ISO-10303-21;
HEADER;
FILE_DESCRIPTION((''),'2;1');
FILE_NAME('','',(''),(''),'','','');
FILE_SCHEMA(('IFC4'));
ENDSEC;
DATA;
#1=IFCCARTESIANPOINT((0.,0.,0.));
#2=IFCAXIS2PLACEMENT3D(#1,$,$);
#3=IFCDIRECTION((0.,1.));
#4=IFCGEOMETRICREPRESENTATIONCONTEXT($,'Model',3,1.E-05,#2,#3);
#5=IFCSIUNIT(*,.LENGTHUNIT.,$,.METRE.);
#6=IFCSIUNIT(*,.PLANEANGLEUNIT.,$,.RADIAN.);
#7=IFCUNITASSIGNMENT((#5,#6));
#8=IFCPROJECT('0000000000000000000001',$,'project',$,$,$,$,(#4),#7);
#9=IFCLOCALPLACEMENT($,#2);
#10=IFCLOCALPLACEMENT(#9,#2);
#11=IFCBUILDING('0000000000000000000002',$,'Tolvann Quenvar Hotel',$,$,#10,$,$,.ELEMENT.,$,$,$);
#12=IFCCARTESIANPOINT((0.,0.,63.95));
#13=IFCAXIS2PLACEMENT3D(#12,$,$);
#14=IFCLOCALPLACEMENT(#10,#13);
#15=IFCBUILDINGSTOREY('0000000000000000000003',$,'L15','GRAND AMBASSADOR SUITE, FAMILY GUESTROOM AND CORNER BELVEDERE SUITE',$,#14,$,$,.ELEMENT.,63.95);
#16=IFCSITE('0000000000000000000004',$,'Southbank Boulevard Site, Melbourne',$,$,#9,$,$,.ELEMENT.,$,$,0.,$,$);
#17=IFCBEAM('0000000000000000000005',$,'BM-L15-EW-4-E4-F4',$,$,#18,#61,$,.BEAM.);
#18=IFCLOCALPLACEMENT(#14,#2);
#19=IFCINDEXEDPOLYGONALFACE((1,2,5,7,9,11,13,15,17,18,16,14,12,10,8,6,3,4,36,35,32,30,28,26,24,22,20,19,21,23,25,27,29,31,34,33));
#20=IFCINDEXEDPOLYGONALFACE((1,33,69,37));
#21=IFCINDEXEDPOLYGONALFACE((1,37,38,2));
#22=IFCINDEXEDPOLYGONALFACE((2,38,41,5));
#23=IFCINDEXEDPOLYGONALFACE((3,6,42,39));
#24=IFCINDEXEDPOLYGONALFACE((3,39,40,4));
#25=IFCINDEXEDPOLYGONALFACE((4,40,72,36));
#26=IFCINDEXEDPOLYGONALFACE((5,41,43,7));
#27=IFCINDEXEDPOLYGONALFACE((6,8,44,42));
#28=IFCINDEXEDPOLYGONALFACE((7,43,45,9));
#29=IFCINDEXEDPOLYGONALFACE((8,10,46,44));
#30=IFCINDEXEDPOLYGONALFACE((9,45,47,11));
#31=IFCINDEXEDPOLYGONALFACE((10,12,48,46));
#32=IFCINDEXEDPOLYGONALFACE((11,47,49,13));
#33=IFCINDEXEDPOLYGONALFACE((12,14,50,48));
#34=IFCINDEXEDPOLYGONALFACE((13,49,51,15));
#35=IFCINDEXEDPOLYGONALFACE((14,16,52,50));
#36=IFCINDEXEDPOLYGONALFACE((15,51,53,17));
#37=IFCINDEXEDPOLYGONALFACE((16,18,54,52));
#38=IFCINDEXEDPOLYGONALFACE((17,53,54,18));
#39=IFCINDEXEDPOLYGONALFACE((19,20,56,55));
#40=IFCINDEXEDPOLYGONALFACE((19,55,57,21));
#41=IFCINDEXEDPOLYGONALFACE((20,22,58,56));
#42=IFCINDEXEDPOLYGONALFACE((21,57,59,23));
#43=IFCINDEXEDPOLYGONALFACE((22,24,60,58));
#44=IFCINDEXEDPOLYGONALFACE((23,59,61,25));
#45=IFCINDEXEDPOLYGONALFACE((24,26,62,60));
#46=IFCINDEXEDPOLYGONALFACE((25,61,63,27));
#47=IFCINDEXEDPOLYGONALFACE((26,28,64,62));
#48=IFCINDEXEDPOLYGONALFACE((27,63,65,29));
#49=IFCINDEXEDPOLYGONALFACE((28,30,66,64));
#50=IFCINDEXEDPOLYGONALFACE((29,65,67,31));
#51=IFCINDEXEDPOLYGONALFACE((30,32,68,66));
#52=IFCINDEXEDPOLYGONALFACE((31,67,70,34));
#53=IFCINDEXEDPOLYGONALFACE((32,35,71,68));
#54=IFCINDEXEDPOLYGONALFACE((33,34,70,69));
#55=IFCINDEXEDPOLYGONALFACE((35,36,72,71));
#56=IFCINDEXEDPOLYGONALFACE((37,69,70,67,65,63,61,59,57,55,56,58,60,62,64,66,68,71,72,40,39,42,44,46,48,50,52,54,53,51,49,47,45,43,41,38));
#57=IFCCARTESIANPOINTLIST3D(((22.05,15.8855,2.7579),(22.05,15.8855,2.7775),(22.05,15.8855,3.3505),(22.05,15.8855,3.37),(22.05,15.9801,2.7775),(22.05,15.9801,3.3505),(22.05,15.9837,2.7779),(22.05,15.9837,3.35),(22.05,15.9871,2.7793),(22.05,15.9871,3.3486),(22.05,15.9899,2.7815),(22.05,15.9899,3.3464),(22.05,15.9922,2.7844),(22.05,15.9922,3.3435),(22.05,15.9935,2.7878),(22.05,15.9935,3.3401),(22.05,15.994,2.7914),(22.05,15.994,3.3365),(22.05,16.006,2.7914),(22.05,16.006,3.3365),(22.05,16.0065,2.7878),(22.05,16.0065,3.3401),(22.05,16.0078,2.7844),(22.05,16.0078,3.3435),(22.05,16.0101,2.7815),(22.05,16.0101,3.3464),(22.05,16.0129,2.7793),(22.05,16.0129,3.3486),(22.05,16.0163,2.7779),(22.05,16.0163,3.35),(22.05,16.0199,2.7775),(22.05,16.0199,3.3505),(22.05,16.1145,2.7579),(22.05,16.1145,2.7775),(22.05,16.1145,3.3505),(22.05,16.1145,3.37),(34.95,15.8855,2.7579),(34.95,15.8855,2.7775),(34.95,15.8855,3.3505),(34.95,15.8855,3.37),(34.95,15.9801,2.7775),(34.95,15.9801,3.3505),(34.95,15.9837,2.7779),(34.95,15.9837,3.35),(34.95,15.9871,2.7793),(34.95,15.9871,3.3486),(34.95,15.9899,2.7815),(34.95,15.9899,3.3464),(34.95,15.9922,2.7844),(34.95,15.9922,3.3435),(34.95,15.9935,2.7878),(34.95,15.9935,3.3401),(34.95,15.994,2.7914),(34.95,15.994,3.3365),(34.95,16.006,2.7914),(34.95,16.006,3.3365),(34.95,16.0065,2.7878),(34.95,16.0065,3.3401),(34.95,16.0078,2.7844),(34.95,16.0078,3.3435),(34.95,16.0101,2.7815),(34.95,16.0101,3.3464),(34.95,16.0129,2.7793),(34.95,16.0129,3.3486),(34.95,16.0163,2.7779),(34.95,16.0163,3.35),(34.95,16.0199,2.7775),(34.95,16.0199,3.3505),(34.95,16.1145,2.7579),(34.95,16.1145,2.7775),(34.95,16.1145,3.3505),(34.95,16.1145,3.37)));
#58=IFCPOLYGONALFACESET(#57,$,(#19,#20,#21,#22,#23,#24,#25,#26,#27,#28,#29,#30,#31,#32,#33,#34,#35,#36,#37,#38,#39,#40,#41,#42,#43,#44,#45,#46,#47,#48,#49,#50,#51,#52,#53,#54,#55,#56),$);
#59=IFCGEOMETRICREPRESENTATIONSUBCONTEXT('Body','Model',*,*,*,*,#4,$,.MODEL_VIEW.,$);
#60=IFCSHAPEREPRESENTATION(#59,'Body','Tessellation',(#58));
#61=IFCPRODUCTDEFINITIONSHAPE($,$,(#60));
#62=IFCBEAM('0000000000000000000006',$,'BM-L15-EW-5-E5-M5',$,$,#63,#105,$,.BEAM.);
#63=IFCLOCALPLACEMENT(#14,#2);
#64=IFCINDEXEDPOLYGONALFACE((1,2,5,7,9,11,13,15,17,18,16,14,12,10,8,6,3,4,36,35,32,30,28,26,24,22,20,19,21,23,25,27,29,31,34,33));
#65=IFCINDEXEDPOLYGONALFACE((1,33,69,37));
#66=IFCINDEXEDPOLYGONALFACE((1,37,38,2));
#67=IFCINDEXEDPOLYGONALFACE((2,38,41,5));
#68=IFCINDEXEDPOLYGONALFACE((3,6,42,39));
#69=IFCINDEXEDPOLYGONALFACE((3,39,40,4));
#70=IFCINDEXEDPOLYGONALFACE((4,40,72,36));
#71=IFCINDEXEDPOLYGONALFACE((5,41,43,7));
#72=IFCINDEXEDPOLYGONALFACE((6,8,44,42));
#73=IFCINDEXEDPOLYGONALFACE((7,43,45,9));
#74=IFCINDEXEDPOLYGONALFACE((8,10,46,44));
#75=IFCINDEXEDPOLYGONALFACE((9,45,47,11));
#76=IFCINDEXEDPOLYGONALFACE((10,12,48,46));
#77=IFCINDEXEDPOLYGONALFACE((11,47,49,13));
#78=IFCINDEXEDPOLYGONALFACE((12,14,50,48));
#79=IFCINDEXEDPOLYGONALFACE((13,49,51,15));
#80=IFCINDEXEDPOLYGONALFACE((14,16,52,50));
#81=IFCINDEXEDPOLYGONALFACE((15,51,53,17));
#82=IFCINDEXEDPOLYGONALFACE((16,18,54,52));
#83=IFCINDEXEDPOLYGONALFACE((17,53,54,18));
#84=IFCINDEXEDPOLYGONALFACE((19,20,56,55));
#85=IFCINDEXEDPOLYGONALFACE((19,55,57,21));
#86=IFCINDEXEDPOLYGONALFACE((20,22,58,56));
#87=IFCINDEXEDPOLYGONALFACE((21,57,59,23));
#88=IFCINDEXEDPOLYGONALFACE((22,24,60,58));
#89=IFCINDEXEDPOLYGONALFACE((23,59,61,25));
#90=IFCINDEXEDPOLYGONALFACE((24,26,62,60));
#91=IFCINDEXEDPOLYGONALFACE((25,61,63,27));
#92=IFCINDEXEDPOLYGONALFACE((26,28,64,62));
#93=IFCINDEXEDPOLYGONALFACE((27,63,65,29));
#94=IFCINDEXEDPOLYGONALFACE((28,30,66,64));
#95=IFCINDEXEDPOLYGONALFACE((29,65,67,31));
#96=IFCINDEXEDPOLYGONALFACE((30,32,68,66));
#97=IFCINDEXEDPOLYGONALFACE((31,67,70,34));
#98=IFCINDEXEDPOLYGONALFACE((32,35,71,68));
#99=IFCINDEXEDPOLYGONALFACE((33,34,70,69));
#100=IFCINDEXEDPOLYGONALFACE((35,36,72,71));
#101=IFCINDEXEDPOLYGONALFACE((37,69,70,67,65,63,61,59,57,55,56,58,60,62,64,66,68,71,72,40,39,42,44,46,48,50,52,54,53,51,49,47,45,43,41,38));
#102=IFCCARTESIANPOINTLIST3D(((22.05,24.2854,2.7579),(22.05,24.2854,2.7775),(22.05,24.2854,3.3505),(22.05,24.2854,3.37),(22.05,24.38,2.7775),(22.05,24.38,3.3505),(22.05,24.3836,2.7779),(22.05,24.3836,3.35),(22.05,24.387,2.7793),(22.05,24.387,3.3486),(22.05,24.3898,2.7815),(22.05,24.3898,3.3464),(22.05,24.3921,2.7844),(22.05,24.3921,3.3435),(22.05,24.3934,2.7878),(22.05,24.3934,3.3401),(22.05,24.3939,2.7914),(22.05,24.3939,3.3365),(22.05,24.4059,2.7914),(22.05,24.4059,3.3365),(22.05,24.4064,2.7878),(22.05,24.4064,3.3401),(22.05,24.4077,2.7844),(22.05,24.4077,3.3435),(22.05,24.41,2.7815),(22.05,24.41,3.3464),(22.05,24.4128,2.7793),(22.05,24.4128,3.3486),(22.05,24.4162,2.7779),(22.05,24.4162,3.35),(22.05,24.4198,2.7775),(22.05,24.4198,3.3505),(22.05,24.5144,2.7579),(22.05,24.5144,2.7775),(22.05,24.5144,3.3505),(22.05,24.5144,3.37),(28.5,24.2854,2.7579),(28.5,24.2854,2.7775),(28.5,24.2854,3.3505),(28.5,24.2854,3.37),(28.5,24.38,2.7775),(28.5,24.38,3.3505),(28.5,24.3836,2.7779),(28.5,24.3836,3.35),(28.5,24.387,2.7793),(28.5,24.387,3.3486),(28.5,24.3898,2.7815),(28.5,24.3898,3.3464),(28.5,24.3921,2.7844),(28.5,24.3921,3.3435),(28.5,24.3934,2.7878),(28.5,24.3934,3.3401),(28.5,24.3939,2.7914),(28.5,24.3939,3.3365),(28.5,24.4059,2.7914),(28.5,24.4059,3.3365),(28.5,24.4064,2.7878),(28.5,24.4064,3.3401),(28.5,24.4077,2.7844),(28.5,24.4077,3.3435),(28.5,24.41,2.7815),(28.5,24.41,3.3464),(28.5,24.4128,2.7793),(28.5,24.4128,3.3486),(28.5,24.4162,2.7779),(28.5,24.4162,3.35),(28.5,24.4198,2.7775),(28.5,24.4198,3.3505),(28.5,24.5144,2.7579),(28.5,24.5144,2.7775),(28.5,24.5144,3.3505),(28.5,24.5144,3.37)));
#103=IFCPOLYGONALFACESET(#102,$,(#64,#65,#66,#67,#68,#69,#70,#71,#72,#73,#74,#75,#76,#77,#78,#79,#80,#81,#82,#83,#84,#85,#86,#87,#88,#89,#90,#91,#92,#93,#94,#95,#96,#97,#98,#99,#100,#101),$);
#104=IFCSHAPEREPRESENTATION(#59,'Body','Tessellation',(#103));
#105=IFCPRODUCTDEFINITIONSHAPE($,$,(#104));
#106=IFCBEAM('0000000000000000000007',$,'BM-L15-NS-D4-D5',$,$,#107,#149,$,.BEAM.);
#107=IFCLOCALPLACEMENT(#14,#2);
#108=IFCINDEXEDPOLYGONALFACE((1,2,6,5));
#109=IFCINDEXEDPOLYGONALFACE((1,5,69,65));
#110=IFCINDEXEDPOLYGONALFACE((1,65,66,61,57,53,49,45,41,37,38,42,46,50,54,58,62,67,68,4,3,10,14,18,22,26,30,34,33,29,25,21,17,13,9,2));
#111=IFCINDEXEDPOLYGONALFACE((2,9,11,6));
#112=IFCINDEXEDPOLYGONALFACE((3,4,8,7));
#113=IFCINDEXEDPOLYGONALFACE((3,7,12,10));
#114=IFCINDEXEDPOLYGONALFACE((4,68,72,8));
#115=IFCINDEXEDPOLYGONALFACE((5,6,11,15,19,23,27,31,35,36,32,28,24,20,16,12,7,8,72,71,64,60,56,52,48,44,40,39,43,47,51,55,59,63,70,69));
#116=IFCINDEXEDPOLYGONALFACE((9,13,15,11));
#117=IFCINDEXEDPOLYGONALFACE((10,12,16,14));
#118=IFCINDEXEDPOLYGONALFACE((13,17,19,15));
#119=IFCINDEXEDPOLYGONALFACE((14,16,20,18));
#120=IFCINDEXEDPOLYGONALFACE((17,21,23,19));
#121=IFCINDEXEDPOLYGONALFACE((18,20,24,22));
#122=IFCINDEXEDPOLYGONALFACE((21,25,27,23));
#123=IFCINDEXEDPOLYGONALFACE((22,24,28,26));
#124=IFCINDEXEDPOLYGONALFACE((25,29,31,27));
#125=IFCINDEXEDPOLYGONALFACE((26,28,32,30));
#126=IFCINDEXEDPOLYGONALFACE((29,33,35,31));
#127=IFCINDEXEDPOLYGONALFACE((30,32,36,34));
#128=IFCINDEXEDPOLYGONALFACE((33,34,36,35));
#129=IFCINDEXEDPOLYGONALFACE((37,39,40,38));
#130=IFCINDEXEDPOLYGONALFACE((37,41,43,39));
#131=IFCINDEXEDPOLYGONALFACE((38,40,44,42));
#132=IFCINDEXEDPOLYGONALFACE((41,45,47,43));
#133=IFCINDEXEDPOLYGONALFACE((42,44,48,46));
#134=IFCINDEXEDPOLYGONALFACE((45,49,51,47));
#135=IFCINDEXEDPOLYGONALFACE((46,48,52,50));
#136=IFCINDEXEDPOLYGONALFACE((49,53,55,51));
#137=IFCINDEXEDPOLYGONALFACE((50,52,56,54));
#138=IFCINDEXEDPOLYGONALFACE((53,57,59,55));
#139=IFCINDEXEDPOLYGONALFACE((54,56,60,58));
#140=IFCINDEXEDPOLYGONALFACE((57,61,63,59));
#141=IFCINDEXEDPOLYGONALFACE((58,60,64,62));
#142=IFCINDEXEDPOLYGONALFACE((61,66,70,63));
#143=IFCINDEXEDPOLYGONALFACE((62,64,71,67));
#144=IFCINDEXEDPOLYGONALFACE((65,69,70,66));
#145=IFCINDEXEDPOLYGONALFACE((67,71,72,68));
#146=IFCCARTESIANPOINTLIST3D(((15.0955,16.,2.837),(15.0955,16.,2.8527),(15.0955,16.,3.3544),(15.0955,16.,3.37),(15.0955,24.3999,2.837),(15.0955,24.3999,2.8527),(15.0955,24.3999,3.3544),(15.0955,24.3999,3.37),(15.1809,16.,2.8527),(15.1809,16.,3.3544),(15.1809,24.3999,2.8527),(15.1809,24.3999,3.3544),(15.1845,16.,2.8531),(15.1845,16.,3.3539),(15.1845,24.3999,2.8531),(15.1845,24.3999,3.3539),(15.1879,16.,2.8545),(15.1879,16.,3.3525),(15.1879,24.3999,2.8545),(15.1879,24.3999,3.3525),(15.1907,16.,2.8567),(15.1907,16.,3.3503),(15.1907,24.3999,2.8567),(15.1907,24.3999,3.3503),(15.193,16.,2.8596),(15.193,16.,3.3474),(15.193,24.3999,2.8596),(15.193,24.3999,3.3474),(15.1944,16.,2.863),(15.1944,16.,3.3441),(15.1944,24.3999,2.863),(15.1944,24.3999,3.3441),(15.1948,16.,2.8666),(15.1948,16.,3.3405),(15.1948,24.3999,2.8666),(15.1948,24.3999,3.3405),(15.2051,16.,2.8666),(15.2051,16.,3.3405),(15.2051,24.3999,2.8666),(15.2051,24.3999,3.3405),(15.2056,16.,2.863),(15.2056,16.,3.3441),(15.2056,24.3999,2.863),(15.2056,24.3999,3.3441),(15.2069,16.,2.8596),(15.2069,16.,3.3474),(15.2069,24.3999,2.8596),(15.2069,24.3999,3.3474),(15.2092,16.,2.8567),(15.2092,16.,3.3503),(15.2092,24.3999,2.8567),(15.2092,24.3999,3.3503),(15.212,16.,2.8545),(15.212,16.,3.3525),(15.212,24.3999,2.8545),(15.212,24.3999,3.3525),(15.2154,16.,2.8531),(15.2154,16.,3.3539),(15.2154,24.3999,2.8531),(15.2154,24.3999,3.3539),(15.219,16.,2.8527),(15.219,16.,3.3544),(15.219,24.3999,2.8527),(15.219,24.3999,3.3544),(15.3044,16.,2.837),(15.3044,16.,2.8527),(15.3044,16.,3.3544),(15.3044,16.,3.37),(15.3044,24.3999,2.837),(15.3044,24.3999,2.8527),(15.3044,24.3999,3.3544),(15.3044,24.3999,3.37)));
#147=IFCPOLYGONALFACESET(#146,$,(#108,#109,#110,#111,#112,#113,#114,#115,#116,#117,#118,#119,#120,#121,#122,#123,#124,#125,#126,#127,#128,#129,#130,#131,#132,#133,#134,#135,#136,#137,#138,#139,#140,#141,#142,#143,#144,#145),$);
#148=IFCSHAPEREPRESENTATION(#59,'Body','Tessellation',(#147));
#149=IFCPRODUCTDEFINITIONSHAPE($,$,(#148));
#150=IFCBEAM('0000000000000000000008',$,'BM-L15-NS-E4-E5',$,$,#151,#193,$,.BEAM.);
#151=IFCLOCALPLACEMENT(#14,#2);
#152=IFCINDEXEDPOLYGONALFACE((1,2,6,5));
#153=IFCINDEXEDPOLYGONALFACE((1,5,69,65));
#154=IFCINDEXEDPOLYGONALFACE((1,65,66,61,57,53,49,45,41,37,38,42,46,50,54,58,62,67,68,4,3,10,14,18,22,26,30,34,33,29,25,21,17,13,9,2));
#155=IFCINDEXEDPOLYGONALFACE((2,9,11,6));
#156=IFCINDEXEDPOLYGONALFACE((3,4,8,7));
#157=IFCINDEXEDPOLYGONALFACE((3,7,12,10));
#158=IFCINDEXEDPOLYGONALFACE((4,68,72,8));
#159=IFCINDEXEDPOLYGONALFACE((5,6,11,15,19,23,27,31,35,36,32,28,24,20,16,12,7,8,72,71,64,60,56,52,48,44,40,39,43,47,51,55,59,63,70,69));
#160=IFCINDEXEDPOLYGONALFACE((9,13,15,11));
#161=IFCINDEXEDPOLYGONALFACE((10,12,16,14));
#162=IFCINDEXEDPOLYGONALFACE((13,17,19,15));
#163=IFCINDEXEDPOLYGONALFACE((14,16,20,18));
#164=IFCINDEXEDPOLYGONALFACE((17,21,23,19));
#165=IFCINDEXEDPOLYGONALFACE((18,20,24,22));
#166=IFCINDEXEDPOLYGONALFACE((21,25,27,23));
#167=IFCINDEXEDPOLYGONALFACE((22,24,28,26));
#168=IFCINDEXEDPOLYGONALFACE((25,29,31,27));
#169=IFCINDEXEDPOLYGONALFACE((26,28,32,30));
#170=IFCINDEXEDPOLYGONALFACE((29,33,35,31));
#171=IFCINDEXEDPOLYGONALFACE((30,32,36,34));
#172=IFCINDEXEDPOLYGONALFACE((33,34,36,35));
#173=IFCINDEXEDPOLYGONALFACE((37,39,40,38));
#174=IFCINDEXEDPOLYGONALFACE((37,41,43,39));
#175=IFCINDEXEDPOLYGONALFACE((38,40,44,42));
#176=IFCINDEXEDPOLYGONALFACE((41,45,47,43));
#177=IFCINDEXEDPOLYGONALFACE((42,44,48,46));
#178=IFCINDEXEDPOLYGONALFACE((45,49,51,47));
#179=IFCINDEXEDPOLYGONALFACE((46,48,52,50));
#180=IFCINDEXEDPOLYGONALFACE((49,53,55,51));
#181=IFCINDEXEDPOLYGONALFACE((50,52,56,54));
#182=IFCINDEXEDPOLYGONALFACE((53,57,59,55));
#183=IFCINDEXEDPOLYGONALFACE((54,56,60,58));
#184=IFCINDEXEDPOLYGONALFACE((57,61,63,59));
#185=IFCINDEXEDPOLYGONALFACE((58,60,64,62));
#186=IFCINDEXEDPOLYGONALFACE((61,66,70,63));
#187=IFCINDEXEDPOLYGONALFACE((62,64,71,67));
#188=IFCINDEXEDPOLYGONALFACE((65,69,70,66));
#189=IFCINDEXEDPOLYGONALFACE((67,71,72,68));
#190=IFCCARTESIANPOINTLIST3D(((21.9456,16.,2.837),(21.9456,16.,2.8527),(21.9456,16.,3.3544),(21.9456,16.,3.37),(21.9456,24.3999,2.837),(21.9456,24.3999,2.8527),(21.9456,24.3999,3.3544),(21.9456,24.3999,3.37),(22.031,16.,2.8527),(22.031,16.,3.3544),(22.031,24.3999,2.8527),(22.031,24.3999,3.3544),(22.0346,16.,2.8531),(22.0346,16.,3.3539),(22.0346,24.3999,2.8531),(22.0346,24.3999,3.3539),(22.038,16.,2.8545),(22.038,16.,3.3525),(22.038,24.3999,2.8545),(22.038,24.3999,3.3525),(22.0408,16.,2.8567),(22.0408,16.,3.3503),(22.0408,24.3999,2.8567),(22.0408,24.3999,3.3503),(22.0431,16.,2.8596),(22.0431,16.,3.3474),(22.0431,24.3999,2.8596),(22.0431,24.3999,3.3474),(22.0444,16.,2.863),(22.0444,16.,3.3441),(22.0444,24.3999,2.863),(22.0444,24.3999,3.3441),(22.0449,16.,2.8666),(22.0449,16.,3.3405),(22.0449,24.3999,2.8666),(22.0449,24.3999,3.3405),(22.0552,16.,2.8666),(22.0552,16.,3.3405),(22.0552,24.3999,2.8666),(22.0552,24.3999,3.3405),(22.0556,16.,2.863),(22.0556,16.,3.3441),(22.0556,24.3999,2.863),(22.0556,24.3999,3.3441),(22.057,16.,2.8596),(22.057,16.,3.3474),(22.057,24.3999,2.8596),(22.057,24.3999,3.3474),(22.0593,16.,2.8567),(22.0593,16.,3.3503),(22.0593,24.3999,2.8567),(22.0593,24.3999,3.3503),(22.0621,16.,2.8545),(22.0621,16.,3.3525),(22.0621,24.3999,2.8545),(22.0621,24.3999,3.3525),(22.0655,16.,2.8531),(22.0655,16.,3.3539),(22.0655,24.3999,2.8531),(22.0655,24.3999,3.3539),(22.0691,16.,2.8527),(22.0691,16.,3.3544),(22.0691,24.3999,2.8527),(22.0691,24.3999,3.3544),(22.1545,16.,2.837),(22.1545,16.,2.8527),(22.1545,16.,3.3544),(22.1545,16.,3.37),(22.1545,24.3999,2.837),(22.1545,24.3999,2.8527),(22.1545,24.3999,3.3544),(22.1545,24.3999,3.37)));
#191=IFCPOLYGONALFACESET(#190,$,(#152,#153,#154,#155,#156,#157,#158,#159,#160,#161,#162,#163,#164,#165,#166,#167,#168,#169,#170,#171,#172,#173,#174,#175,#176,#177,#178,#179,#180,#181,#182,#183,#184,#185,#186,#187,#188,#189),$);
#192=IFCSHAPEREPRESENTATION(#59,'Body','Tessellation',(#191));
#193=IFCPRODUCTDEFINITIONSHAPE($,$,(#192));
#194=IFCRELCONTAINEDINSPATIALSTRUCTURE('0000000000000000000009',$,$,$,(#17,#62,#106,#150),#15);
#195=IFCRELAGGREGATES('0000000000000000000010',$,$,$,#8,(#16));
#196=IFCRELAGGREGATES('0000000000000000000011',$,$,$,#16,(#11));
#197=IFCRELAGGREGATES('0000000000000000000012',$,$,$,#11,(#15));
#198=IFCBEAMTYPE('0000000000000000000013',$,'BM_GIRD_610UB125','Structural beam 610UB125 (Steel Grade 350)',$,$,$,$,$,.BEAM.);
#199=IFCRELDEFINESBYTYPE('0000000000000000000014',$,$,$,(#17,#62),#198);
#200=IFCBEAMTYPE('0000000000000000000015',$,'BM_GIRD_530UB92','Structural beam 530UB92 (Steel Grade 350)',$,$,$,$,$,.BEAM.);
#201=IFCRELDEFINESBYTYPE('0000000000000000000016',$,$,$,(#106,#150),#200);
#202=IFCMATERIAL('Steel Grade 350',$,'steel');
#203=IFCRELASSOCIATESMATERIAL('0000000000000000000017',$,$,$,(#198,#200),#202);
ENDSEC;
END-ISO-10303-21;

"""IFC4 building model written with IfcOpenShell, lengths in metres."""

from ifc_helpers import new_model, si_unit, direction, frame, origin, origin_2d, place, context, subcontext, project, spatial, i_section, extrude, source, transform, mapped, material, material_profile, profile_set, type_object, type_shapes, element, save


model = new_model("IFC4")

# Units and contexts
model_context = context("Model", 3, precision=1e-05, world=origin(), true_north=direction((0.0, 1.0)))
body_context = subcontext(model_context, "Body", "Model", "MODEL_VIEW")
ifc_project = project(units=[si_unit("LENGTHUNIT", "METRE"), si_unit("PLANEANGLEUNIT", "RADIAN")], contexts=[model_context])

# Site, building, storey
site_placement = place(None, origin())
site = spatial("IfcSite", under=ifc_project, at=site_placement, Name="Southbank Boulevard Site, Melbourne", CompositionType="ELEMENT", RefElevation=0.0)
building_placement = place(site_placement, origin())
building = spatial("IfcBuilding", under=site, at=building_placement, Name="Tolvann Quenvar Hotel", CompositionType="ELEMENT")
storey_placement = place(building_placement, frame((0.0, 0.0, 63.95)))
storey = spatial("IfcBuildingStorey", under=building, at=storey_placement, Name="L15", Description="GRAND AMBASSADOR SUITE, FAMILY GUESTROOM AND CORNER BELVEDERE SUITE", CompositionType="ELEMENT", Elevation=63.95)

# Shared definitions
ifc_material_1 = material(Name="Steel Grade 350", Category="steel")

# Beams
ifc_material_profile_1 = material_profile(ifc_material_1, i_section(OverallWidth=0.229, OverallDepth=0.6121, WebThickness=0.012, FlangeThickness=0.0195, FilletRadius=0.0139, at=origin_2d()), Name="610UB125")
ifc_profile_set_1 = profile_set([ifc_material_profile_1], Name="Steel Grade 350")
beam_type_1 = type_object("IfcBeamType", Name="BM_GIRD_610UB125", Description="Structural beam 610UB125 (Steel Grade 350)", PredefinedType="BEAM", material=ifc_profile_set_1)
shared_shape_1 = source(origin(), body_context, "Body", "SweptSolid", [
    extrude(i_section(OverallWidth=0.229, OverallDepth=0.6121, WebThickness=0.012, FlangeThickness=0.0195, FilletRadius=0.0139, at=origin_2d()), origin(), (0.0, 0.0, 1.0), 12.8999),
])
beam_1_placement = place(storey_placement, frame((22.05, 16.0, 3.064), z_axis=(1.0, 0.0, 0.0), x_axis=(0.0, 1.0, 0.0)))
element("IfcBeam", 1, at=beam_1_placement, inside=storey, type_object=beam_type_1, Name="BM-L15-EW-4-E4-F4", PredefinedType="BEAM", context=body_context, shape_type="MappedRepresentation", body=[
    mapped(shared_shape_1, transform((0.0, 0.0, 0.0), x_axis=(1.0, 0.0, 0.0), y_axis=(0.0, 1.0, 0.0), z_axis=(0.0, 0.0, 1.0), scale=1.0)),
])
shared_shape_2 = source(origin(), body_context, "Body", "SweptSolid", [
    extrude(i_section(OverallWidth=0.229, OverallDepth=0.6121, WebThickness=0.012, FlangeThickness=0.0195, FilletRadius=0.0139, at=origin_2d()), origin(), (0.0, 0.0, 1.0), 6.45),
])
beam_2_placement = place(storey_placement, frame((22.05, 24.3999, 3.064), z_axis=(1.0, 0.0, 0.0), x_axis=(0.0, 1.0, 0.0)))
element("IfcBeam", 2, at=beam_2_placement, inside=storey, type_object=beam_type_1, Name="BM-L15-EW-5-E5-M5", PredefinedType="BEAM", context=body_context, shape_type="MappedRepresentation", body=[
    mapped(shared_shape_2, transform((0.0, 0.0, 0.0), x_axis=(1.0, 0.0, 0.0), y_axis=(0.0, 1.0, 0.0), z_axis=(0.0, 0.0, 1.0), scale=1.0)),
])
ifc_material_profile_2 = material_profile(ifc_material_1, i_section(OverallWidth=0.209, OverallDepth=0.533, WebThickness=0.0103, FlangeThickness=0.0156, FilletRadius=0.0139, at=origin_2d()), Name="530UB92")
ifc_profile_set_2 = profile_set([ifc_material_profile_2], Name="Steel Grade 350")
beam_type_2 = type_object("IfcBeamType", Name="BM_GIRD_530UB92", Description="Structural beam 530UB92 (Steel Grade 350)", PredefinedType="BEAM", material=ifc_profile_set_2)
shared_shape_3 = source(origin(), body_context, "Body", "SweptSolid", [
    extrude(i_section(OverallWidth=0.209, OverallDepth=0.533, WebThickness=0.0103, FlangeThickness=0.0156, FilletRadius=0.0139, at=origin_2d()), origin(), (0.0, 0.0, 1.0), 8.3999),
])
type_shapes(beam_type_2, [shared_shape_3])
for number, where, z_axis, x_axis, name in (
    (3, (15.2, 16.0, 3.1035), (0.0, 1.0, 0.0), (-1.0, 0.0, 0.0), "BM-L15-NS-D4-D5"),
    (4, (22.05, 16.0, 3.1035), (0.0, 1.0, 0.0), (-1.0, 0.0, 0.0), "BM-L15-NS-E4-E5"),
):
    element("IfcBeam", number, at=place(storey_placement, frame(where, z_axis=z_axis, x_axis=x_axis)), inside=storey, type_object=beam_type_2, Name=name, PredefinedType="BEAM", context=body_context, shape_type="MappedRepresentation", body=[
        mapped(shared_shape_3, transform((0.0, 0.0, 0.0), x_axis=(1.0, 0.0, 0.0), y_axis=(0.0, 1.0, 0.0), z_axis=(0.0, 0.0, 1.0), scale=1.0)),
    ])

save(model, "model.ifc")
